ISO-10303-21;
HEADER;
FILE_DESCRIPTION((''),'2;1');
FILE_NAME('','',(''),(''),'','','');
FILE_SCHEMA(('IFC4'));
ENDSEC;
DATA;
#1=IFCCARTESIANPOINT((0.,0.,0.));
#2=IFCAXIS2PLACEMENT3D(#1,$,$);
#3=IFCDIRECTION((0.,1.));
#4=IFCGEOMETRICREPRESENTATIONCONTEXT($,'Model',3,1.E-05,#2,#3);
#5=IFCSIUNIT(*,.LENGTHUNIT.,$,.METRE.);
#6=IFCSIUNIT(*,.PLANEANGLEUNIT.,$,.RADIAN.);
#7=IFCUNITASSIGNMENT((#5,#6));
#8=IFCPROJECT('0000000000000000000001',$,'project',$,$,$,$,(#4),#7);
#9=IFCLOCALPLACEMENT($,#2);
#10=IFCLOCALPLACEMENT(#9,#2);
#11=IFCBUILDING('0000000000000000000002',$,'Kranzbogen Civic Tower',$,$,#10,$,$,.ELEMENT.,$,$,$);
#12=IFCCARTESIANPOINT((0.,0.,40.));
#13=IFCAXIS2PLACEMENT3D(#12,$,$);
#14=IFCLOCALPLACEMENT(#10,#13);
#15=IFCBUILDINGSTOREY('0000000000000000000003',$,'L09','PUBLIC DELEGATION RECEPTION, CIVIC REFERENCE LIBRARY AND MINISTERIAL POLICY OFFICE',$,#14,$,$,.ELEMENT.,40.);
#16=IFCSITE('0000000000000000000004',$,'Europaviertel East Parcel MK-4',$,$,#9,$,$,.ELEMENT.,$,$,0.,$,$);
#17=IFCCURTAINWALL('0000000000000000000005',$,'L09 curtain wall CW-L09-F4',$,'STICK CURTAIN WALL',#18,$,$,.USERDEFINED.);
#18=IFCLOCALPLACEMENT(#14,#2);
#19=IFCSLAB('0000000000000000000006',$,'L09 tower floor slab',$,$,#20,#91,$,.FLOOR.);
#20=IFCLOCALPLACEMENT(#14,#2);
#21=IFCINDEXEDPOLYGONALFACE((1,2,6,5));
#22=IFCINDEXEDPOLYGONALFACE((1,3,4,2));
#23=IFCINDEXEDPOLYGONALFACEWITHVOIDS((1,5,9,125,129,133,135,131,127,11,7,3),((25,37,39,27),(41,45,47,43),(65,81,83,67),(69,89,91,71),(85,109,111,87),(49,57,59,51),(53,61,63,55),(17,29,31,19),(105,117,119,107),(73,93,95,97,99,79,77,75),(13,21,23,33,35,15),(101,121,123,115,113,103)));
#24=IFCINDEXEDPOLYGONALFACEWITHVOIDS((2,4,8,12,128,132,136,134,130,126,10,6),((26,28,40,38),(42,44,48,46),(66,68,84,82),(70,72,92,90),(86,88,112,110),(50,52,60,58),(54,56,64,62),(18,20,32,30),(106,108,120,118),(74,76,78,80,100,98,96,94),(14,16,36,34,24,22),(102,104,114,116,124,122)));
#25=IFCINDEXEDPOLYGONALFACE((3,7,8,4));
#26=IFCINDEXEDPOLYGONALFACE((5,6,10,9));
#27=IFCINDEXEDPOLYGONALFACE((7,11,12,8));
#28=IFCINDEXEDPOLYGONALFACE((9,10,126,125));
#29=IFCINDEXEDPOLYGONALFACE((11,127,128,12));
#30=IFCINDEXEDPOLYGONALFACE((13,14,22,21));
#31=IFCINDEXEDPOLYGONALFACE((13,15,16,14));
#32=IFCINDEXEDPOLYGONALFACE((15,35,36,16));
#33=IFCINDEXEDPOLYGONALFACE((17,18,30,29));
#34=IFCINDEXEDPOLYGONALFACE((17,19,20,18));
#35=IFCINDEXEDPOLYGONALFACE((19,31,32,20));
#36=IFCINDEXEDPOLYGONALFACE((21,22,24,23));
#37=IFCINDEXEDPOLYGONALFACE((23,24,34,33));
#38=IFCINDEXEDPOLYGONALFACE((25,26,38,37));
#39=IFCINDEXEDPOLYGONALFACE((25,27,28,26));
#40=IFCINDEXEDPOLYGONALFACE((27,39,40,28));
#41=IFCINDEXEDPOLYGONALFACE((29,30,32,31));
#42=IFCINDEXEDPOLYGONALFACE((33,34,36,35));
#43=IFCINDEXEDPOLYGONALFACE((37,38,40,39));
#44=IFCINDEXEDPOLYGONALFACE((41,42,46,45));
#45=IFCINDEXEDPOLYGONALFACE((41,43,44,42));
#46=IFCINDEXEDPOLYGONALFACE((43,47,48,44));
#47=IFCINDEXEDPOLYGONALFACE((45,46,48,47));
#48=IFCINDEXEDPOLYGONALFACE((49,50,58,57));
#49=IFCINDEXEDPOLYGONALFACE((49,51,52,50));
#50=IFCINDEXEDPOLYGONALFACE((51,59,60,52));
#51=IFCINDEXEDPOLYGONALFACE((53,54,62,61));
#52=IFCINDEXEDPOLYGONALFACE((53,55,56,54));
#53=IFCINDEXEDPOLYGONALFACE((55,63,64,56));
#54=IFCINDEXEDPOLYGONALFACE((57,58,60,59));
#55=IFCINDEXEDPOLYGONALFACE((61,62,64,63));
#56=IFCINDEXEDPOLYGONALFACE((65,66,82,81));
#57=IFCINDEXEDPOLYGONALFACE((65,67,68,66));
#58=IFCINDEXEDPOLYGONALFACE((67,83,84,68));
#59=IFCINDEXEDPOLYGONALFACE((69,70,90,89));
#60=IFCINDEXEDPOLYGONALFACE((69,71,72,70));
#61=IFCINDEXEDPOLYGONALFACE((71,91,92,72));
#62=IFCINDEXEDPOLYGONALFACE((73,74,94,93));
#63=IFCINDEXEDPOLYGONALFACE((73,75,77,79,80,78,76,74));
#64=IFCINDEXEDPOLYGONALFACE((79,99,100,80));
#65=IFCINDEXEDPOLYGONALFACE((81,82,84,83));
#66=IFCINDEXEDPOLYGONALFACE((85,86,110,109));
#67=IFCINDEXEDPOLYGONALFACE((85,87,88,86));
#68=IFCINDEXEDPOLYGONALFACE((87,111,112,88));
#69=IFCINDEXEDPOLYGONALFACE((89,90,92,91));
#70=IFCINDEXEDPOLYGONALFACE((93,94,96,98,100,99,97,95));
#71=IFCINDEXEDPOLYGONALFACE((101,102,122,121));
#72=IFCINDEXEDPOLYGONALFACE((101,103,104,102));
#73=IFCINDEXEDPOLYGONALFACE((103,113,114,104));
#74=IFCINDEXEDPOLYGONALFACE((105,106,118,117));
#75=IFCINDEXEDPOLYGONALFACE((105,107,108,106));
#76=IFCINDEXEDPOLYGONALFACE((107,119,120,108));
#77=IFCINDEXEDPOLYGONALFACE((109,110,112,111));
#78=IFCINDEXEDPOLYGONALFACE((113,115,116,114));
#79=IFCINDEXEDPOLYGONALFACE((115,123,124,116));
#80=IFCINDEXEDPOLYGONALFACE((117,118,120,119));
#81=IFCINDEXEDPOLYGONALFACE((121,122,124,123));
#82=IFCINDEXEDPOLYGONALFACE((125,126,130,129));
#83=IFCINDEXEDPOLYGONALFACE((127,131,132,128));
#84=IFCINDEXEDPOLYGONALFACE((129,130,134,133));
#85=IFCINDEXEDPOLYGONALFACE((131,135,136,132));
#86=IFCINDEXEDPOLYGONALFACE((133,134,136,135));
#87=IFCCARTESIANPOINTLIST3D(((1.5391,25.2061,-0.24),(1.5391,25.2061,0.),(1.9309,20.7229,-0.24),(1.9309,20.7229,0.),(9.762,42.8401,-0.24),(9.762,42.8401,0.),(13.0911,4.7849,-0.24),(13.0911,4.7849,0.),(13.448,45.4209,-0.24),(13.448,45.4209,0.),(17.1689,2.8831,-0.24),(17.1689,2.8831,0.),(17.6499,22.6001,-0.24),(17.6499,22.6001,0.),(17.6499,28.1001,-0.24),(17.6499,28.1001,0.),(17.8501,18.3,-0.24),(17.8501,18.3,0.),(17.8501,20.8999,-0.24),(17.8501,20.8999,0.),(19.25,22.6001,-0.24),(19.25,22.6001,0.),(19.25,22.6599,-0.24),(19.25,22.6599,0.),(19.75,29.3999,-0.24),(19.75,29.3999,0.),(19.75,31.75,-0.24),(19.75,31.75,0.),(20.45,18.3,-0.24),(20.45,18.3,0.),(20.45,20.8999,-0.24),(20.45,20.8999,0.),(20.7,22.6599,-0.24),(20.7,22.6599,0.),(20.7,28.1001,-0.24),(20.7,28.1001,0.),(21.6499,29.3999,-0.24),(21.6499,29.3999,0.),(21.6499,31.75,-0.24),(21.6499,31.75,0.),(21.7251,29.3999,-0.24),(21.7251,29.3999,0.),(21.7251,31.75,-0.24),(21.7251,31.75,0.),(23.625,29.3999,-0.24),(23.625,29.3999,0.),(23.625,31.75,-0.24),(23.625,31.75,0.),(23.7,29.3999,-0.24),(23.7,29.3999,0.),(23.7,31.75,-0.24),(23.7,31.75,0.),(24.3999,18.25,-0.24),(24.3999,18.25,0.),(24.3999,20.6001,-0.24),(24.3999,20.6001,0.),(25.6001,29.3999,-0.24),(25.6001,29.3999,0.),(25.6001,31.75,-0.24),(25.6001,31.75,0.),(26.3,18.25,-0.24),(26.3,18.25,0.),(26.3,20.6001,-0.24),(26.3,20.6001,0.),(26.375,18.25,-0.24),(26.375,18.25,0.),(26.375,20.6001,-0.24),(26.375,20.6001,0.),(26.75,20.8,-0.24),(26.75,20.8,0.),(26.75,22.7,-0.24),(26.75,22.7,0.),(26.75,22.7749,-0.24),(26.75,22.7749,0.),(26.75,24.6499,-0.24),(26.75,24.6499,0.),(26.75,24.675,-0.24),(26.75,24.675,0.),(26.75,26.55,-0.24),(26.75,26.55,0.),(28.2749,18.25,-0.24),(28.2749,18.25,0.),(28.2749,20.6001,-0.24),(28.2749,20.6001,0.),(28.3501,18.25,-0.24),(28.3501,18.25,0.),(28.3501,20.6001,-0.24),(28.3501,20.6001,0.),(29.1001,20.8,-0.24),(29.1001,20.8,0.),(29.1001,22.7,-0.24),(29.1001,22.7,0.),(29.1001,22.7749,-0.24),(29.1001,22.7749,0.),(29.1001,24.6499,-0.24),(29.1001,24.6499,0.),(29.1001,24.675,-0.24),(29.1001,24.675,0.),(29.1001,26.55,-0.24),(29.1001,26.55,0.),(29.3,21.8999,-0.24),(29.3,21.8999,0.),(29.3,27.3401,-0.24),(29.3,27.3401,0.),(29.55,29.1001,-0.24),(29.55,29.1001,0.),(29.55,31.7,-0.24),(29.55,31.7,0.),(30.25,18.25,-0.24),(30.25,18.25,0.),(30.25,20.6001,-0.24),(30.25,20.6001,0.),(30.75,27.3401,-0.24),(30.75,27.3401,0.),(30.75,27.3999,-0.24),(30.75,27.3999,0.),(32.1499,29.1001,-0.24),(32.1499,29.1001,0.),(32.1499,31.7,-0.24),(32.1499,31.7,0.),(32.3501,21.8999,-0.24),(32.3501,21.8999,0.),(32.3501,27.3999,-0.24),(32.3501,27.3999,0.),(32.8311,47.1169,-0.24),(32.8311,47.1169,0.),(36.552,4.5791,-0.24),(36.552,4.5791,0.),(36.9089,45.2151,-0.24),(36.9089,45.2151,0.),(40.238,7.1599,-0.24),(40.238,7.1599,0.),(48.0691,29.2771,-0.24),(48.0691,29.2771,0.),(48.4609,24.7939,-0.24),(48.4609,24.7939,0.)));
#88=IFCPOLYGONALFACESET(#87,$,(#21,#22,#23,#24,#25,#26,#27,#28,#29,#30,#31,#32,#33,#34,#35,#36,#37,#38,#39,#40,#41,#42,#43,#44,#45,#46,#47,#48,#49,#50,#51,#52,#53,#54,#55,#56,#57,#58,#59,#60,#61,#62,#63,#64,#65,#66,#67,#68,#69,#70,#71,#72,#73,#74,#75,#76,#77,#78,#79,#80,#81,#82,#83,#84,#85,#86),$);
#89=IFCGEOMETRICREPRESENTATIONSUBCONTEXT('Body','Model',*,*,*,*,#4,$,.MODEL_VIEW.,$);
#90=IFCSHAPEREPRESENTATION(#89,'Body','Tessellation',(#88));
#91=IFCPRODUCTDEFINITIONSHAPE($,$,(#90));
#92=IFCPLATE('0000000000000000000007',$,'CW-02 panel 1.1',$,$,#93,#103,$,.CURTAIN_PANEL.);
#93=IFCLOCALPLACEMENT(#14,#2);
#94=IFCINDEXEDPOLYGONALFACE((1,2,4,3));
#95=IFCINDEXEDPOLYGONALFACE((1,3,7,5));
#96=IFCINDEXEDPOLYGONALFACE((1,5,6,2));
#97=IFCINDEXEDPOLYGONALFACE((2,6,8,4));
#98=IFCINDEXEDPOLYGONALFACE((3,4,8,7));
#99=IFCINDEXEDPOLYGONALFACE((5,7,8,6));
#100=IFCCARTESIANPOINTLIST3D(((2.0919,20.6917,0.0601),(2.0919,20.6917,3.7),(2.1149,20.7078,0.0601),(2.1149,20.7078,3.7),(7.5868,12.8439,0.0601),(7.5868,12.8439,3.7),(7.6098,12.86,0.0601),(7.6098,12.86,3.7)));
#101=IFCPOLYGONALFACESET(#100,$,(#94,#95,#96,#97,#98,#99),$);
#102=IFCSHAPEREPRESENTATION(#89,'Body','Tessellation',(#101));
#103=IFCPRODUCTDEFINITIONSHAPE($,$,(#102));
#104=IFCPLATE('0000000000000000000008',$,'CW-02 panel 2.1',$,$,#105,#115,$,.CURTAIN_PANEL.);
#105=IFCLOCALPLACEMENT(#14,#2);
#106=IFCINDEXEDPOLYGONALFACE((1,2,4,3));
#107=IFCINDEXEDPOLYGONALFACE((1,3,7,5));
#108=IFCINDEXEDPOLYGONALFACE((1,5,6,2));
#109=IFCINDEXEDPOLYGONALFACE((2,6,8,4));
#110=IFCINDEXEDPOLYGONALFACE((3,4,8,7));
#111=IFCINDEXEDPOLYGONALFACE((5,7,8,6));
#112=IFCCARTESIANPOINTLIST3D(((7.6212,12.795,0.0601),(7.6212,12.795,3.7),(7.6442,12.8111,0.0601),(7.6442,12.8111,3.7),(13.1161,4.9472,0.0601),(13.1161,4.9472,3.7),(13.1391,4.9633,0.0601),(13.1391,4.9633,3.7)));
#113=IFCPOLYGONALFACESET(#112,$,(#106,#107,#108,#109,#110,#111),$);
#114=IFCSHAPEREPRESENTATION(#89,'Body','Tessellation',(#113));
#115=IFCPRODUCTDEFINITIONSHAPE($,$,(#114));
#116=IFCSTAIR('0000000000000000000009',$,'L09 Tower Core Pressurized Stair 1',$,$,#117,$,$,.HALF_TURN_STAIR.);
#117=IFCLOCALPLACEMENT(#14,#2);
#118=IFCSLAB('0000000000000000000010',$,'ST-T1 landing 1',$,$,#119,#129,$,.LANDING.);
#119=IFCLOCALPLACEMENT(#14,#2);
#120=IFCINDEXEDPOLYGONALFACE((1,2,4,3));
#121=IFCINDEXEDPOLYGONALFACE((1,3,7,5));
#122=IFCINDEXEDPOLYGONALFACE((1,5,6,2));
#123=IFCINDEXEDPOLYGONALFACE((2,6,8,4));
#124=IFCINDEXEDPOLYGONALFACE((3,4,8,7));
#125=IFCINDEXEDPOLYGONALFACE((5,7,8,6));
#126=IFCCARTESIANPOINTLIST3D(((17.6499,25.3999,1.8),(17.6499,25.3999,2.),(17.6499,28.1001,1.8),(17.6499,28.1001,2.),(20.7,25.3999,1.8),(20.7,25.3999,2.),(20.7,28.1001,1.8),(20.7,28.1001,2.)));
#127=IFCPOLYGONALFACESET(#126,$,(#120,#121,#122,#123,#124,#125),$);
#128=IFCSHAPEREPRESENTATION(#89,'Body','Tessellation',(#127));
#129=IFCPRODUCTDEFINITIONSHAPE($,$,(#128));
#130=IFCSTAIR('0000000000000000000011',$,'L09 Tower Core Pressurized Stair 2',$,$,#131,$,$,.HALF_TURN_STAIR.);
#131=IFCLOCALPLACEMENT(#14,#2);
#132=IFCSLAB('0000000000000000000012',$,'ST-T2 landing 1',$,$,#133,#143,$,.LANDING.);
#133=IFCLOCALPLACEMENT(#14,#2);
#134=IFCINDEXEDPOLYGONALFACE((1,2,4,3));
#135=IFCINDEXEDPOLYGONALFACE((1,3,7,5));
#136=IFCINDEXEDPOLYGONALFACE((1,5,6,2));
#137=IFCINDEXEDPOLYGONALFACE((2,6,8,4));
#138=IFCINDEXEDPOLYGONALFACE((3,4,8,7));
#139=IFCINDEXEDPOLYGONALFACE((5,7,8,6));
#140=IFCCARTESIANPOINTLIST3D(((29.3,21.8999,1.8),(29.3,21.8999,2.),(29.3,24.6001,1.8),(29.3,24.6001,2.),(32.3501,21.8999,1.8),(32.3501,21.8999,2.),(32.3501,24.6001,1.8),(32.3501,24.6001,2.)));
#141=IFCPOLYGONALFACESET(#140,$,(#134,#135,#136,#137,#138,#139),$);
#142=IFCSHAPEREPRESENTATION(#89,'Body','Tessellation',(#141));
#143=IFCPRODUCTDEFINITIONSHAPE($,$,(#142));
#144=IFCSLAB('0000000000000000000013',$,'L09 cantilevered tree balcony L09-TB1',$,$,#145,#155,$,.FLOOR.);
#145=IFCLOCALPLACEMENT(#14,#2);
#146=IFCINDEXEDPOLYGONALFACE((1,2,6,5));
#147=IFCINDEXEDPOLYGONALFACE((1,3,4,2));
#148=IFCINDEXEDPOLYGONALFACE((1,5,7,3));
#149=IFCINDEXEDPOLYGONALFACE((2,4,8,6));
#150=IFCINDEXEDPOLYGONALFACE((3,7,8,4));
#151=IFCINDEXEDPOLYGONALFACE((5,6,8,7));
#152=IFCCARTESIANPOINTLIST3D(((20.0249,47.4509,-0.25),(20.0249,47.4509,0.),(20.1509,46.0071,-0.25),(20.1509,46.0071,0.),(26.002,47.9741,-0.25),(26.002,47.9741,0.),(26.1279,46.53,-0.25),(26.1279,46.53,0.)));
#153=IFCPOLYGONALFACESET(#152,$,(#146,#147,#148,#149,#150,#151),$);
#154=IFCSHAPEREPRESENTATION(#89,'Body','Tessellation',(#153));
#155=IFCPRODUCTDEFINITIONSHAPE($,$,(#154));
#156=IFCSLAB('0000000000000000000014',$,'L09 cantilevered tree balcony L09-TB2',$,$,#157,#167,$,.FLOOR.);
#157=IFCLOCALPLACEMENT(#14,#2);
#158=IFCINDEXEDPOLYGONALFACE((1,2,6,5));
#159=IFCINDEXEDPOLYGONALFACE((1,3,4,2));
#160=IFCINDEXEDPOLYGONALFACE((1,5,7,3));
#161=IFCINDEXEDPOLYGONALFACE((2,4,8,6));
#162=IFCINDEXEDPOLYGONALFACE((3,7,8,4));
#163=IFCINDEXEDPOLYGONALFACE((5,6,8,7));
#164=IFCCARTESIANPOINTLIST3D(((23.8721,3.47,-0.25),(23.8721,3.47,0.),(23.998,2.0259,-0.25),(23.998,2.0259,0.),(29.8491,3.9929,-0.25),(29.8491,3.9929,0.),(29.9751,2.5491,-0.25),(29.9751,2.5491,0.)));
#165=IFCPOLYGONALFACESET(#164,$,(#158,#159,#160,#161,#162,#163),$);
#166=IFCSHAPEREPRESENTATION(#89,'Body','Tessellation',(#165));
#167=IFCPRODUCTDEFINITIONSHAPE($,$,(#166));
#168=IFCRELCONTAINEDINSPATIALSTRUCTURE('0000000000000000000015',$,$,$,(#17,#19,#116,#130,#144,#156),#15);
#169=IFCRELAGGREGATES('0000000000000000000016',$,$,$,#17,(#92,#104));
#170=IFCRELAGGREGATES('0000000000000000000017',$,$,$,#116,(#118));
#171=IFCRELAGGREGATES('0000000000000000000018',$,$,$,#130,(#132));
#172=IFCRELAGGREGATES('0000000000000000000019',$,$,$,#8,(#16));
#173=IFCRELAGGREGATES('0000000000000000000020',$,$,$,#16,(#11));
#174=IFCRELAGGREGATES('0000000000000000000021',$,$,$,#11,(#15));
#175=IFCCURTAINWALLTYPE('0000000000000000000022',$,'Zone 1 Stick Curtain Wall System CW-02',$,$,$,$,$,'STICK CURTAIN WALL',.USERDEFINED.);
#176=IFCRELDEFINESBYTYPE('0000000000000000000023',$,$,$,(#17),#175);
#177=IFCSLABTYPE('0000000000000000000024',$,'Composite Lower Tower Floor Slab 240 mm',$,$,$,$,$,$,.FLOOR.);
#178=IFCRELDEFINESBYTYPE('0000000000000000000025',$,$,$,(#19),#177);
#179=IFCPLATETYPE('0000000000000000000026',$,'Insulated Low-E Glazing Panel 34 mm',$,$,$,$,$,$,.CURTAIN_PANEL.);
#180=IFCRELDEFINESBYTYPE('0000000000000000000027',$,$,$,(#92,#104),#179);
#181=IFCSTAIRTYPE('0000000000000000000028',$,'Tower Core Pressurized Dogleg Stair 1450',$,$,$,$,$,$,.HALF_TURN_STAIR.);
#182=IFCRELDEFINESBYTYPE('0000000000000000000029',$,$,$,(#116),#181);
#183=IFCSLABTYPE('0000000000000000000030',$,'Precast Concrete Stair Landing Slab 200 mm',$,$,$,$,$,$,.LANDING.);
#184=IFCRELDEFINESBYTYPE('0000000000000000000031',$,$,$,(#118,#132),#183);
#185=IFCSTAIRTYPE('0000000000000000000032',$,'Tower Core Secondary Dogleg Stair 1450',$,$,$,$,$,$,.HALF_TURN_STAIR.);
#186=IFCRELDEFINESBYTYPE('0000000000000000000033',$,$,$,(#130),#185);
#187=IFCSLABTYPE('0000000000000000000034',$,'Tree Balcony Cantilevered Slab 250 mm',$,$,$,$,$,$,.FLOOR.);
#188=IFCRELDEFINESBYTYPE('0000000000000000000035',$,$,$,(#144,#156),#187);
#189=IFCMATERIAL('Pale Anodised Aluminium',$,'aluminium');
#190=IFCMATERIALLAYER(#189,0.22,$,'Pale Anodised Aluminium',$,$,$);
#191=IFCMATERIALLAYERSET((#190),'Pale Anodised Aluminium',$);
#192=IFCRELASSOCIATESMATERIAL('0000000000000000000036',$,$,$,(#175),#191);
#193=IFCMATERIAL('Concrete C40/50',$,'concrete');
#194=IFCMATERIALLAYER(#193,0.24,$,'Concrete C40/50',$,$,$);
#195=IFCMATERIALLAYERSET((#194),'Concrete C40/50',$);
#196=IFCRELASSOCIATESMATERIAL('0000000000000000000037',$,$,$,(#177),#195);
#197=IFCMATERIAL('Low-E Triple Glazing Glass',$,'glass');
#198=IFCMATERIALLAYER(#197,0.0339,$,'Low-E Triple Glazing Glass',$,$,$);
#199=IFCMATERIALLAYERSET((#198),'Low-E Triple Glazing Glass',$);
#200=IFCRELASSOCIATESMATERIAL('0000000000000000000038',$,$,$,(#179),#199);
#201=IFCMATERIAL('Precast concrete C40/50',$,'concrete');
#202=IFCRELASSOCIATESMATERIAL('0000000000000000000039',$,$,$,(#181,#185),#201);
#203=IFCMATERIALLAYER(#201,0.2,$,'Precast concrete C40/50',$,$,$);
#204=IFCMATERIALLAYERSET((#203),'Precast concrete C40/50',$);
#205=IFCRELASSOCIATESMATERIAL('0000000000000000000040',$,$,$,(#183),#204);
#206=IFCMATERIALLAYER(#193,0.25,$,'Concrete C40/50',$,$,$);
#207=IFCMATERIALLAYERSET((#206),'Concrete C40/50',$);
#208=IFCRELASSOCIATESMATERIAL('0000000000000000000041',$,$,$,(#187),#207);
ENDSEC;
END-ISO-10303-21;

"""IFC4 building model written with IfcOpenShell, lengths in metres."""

from ifc_helpers import new_model, si_unit, direction, frame, origin, origin_2d, place, context, subcontext, project, spatial, polyline, rectangle, outline, extrude, material, layer, layer_set, type_object, element, aggregate, save


model = new_model("IFC4")

# Units and contexts
model_context = context("Model", 3, precision=1e-05, world=origin(), true_north=direction((0.0, 1.0)))
body_context = subcontext(model_context, "Body", "Model", "MODEL_VIEW")
ifc_project = project(units=[si_unit("LENGTHUNIT", "METRE"), si_unit("PLANEANGLEUNIT", "RADIAN")], contexts=[model_context])

# Site, building, storey
site_placement = place(None, origin())
site = spatial("IfcSite", under=ifc_project, at=site_placement, Name="Europaviertel East Parcel MK-4", CompositionType="ELEMENT", RefElevation=0.0)
building_placement = place(site_placement, origin())
building = spatial("IfcBuilding", under=site, at=building_placement, Name="Kranzbogen Civic Tower", CompositionType="ELEMENT")
storey_placement = place(building_placement, frame((0.0, 0.0, 40.0)))
storey = spatial("IfcBuildingStorey", under=building, at=storey_placement, Name="L09", Description="PUBLIC DELEGATION RECEPTION, CIVIC REFERENCE LIBRARY AND MINISTERIAL POLICY OFFICE", CompositionType="ELEMENT", Elevation=40.0)

# Curtain wall
ifc_material_1 = material(Name="Pale Anodised Aluminium", Category="aluminium")
ifc_layer_1 = layer(ifc_material_1, 0.22, Name="Pale Anodised Aluminium")
ifc_layer_set_1 = layer_set([ifc_layer_1], Name="Pale Anodised Aluminium")
curtain_wall_type = type_object("IfcCurtainWallType", Name="Zone 1 Stick Curtain Wall System CW-02", ElementType="STICK CURTAIN WALL", PredefinedType="USERDEFINED", material=ifc_layer_set_1)
curtain_wall_placement = place(storey_placement, origin())
curtain_wall = element("IfcCurtainWall", 1, at=curtain_wall_placement, inside=storey, type_object=curtain_wall_type, Name="L09 curtain wall CW-L09-F4", ObjectType="STICK CURTAIN WALL", PredefinedType="USERDEFINED")

# Slab
ifc_material_2 = material(Name="Concrete C40/50", Category="concrete")
ifc_layer_2 = layer(ifc_material_2, 0.24, Name="Concrete C40/50")
ifc_layer_set_2 = layer_set([ifc_layer_2], Name="Concrete C40/50")
slab_type_1 = type_object("IfcSlabType", Name="Composite Lower Tower Floor Slab 240 mm", PredefinedType="FLOOR", material=ifc_layer_set_2)
slab_1_placement = place(storey_placement, frame((0.0, 0.0, -0.24)))
element("IfcSlab", 2, at=slab_1_placement, inside=storey, type_object=slab_type_1, Name="L09 tower floor slab", PredefinedType="FLOOR", context=body_context, shape_type="SweptSolid", body=[
    extrude(outline(polyline([(48.0691, 29.2771), (36.9089, 45.2151), (32.8311, 47.1169), (13.448, 45.4209), (9.762, 42.8401), (1.5391, 25.2061), (1.9309, 20.7229), (13.0911, 4.7849), (17.1689, 2.8831), (36.552, 4.5791), (40.238, 7.1599), (48.4609, 24.7939), (48.0691, 29.2771)]), holes=[polyline([(26.3, 20.6001), (26.3, 18.25), (24.3999, 18.25), (24.3999, 20.6001), (26.3, 20.6001)]), polyline([(28.2749, 18.25), (26.375, 18.25), (26.375, 20.6001), (28.2749, 20.6001), (28.2749, 18.25)]), polyline([(20.45, 18.3), (17.8501, 18.3), (17.8501, 20.8999), (20.45, 20.8999), (20.45, 18.3)]), polyline([(20.7, 22.6599), (19.25, 22.6599), (19.25, 22.6001), (17.6499, 22.6001), (17.6499, 28.1001), (20.7, 28.1001), (20.7, 22.6599)]), polyline([(21.6499, 29.3999), (19.75, 29.3999), (19.75, 31.75), (21.6499, 31.75), (21.6499, 29.3999)]), polyline([(23.625, 29.3999), (21.7251, 29.3999), (21.7251, 31.75), (23.625, 31.75), (23.625, 29.3999)]), polyline([(25.6001, 31.75), (25.6001, 29.3999), (23.7, 29.3999), (23.7, 31.75), (25.6001, 31.75)]), polyline([(30.25, 18.25), (28.3501, 18.25), (28.3501, 20.6001), (30.25, 20.6001), (30.25, 18.25)]), polyline([(29.1001, 20.8), (26.75, 20.8), (26.75, 22.7), (29.1001, 22.7), (29.1001, 20.8)]), polyline([(26.75, 26.55), (29.1001, 26.55), (29.1001, 24.675), (29.1001, 24.6499), (29.1001, 22.7749), (26.75, 22.7749), (26.75, 24.6499), (26.75, 24.675), (26.75, 26.55)]), polyline([(30.75, 27.3401), (30.75, 27.3999), (32.3501, 27.3999), (32.3501, 21.8999), (29.3, 21.8999), (29.3, 27.3401), (30.75, 27.3401)]), polyline([(32.1499, 29.1001), (29.55, 29.1001), (29.55, 31.7), (32.1499, 31.7), (32.1499, 29.1001)])]), origin(), (0.0, 0.0, 1.0), 0.24),
])

# Plates
ifc_material_3 = material(Name="Low-E Triple Glazing Glass", Category="glass")
ifc_layer_3 = layer(ifc_material_3, 0.0339, Name="Low-E Triple Glazing Glass")
ifc_layer_set_3 = layer_set([ifc_layer_3], Name="Low-E Triple Glazing Glass")
plate_type = type_object("IfcPlateType", Name="Insulated Low-E Glazing Panel 34 mm", PredefinedType="CURTAIN_PANEL", material=ifc_layer_set_3)
plate_1_placement = place(storey_placement, frame((4.8508, 16.7759, 0.0601), z_axis=(0.0, 0.0, 1.0), x_axis=(0.573563, -0.819161, 0.0)))
plate_1 = element("IfcPlate", 3, at=plate_1_placement, type_object=plate_type, Name="CW-02 panel 1.1", PredefinedType="CURTAIN_PANEL", context=body_context, shape_type="SweptSolid", body=[
    extrude(rectangle(XDim=9.5803, YDim=0.0281, at=origin_2d()), origin(), (0.0, 0.0, 1.0), 3.6399),
])
plate_2_placement = place(storey_placement, frame((10.3801, 8.8792, 0.0601), z_axis=(0.0, 0.0, 1.0), x_axis=(0.573563, -0.819161, 0.0)))
plate_2 = element("IfcPlate", 4, at=plate_2_placement, type_object=plate_type, Name="CW-02 panel 2.1", PredefinedType="CURTAIN_PANEL", context=body_context, shape_type="SweptSolid", body=[
    extrude(rectangle(XDim=9.5803, YDim=0.0281, at=origin_2d()), origin(), (0.0, 0.0, 1.0), 3.6399),
])
aggregate(curtain_wall, [plate_1, plate_2])

# Stairs, slabs
ifc_material_4 = material(Name="Precast concrete C40/50", Category="concrete")
stair_type_1 = type_object("IfcStairType", Name="Tower Core Pressurized Dogleg Stair 1450", PredefinedType="HALF_TURN_STAIR", material=ifc_material_4)
stair_1_placement = place(storey_placement, origin())
stair_1 = element("IfcStair", 5, at=stair_1_placement, inside=storey, type_object=stair_type_1, Name="L09 Tower Core Pressurized Stair 1", PredefinedType="HALF_TURN_STAIR")
ifc_layer_4 = layer(ifc_material_4, 0.2, Name="Precast concrete C40/50")
ifc_layer_set_4 = layer_set([ifc_layer_4], Name="Precast concrete C40/50")
slab_type_2 = type_object("IfcSlabType", Name="Precast Concrete Stair Landing Slab 200 mm", PredefinedType="LANDING", material=ifc_layer_set_4)
slab_2_placement = place(storey_placement, frame((0.0, 0.0, 1.8)))
slab_2 = element("IfcSlab", 6, at=slab_2_placement, type_object=slab_type_2, Name="ST-T1 landing 1", PredefinedType="LANDING", context=body_context, shape_type="SweptSolid", body=[
    extrude(outline(polyline([(20.7, 25.3999), (20.7, 28.1001), (17.6499, 28.1001), (17.6499, 25.3999), (20.7, 25.3999)])), origin(), (0.0, 0.0, 1.0), 0.2),
])
aggregate(stair_1, [slab_2])
stair_type_2 = type_object("IfcStairType", Name="Tower Core Secondary Dogleg Stair 1450", PredefinedType="HALF_TURN_STAIR", material=ifc_material_4)
stair_2_placement = place(storey_placement, origin())
stair_2 = element("IfcStair", 7, at=stair_2_placement, inside=storey, type_object=stair_type_2, Name="L09 Tower Core Pressurized Stair 2", PredefinedType="HALF_TURN_STAIR")
slab_3_placement = place(storey_placement, frame((0.0, 0.0, 1.8)))
slab_3 = element("IfcSlab", 8, at=slab_3_placement, type_object=slab_type_2, Name="ST-T2 landing 1", PredefinedType="LANDING", context=body_context, shape_type="SweptSolid", body=[
    extrude(outline(polyline([(29.3, 24.6001), (29.3, 21.8999), (32.3501, 21.8999), (32.3501, 24.6001), (29.3, 24.6001)])), origin(), (0.0, 0.0, 1.0), 0.2),
])
aggregate(stair_2, [slab_3])

# Slabs
ifc_layer_5 = layer(ifc_material_2, 0.25, Name="Concrete C40/50")
ifc_layer_set_5 = layer_set([ifc_layer_5], Name="Concrete C40/50")
slab_type_3 = type_object("IfcSlabType", Name="Tree Balcony Cantilevered Slab 250 mm", PredefinedType="FLOOR", material=ifc_layer_set_5)
slab_4_placement = place(storey_placement, frame((0.0, 0.0, -0.25)))
element("IfcSlab", 9, at=slab_4_placement, inside=storey, type_object=slab_type_3, Name="L09 cantilevered tree balcony L09-TB1", PredefinedType="FLOOR", context=body_context, shape_type="SweptSolid", body=[
    extrude(outline(polyline([(26.1279, 46.53), (20.1509, 46.0071), (20.0249, 47.4509), (26.002, 47.9741), (26.1279, 46.53)])), origin(), (0.0, 0.0, 1.0), 0.25),
])
slab_5_placement = place(storey_placement, frame((0.0, 0.0, -0.25)))
element("IfcSlab", 10, at=slab_5_placement, inside=storey, type_object=slab_type_3, Name="L09 cantilevered tree balcony L09-TB2", PredefinedType="FLOOR", context=body_context, shape_type="SweptSolid", body=[
    extrude(outline(polyline([(23.8721, 3.47), (29.8491, 3.9929), (29.9751, 2.5491), (23.998, 2.0259), (23.8721, 3.47)])), origin(), (0.0, 0.0, 1.0), 0.25),
])

save(model, "model.ifc")
